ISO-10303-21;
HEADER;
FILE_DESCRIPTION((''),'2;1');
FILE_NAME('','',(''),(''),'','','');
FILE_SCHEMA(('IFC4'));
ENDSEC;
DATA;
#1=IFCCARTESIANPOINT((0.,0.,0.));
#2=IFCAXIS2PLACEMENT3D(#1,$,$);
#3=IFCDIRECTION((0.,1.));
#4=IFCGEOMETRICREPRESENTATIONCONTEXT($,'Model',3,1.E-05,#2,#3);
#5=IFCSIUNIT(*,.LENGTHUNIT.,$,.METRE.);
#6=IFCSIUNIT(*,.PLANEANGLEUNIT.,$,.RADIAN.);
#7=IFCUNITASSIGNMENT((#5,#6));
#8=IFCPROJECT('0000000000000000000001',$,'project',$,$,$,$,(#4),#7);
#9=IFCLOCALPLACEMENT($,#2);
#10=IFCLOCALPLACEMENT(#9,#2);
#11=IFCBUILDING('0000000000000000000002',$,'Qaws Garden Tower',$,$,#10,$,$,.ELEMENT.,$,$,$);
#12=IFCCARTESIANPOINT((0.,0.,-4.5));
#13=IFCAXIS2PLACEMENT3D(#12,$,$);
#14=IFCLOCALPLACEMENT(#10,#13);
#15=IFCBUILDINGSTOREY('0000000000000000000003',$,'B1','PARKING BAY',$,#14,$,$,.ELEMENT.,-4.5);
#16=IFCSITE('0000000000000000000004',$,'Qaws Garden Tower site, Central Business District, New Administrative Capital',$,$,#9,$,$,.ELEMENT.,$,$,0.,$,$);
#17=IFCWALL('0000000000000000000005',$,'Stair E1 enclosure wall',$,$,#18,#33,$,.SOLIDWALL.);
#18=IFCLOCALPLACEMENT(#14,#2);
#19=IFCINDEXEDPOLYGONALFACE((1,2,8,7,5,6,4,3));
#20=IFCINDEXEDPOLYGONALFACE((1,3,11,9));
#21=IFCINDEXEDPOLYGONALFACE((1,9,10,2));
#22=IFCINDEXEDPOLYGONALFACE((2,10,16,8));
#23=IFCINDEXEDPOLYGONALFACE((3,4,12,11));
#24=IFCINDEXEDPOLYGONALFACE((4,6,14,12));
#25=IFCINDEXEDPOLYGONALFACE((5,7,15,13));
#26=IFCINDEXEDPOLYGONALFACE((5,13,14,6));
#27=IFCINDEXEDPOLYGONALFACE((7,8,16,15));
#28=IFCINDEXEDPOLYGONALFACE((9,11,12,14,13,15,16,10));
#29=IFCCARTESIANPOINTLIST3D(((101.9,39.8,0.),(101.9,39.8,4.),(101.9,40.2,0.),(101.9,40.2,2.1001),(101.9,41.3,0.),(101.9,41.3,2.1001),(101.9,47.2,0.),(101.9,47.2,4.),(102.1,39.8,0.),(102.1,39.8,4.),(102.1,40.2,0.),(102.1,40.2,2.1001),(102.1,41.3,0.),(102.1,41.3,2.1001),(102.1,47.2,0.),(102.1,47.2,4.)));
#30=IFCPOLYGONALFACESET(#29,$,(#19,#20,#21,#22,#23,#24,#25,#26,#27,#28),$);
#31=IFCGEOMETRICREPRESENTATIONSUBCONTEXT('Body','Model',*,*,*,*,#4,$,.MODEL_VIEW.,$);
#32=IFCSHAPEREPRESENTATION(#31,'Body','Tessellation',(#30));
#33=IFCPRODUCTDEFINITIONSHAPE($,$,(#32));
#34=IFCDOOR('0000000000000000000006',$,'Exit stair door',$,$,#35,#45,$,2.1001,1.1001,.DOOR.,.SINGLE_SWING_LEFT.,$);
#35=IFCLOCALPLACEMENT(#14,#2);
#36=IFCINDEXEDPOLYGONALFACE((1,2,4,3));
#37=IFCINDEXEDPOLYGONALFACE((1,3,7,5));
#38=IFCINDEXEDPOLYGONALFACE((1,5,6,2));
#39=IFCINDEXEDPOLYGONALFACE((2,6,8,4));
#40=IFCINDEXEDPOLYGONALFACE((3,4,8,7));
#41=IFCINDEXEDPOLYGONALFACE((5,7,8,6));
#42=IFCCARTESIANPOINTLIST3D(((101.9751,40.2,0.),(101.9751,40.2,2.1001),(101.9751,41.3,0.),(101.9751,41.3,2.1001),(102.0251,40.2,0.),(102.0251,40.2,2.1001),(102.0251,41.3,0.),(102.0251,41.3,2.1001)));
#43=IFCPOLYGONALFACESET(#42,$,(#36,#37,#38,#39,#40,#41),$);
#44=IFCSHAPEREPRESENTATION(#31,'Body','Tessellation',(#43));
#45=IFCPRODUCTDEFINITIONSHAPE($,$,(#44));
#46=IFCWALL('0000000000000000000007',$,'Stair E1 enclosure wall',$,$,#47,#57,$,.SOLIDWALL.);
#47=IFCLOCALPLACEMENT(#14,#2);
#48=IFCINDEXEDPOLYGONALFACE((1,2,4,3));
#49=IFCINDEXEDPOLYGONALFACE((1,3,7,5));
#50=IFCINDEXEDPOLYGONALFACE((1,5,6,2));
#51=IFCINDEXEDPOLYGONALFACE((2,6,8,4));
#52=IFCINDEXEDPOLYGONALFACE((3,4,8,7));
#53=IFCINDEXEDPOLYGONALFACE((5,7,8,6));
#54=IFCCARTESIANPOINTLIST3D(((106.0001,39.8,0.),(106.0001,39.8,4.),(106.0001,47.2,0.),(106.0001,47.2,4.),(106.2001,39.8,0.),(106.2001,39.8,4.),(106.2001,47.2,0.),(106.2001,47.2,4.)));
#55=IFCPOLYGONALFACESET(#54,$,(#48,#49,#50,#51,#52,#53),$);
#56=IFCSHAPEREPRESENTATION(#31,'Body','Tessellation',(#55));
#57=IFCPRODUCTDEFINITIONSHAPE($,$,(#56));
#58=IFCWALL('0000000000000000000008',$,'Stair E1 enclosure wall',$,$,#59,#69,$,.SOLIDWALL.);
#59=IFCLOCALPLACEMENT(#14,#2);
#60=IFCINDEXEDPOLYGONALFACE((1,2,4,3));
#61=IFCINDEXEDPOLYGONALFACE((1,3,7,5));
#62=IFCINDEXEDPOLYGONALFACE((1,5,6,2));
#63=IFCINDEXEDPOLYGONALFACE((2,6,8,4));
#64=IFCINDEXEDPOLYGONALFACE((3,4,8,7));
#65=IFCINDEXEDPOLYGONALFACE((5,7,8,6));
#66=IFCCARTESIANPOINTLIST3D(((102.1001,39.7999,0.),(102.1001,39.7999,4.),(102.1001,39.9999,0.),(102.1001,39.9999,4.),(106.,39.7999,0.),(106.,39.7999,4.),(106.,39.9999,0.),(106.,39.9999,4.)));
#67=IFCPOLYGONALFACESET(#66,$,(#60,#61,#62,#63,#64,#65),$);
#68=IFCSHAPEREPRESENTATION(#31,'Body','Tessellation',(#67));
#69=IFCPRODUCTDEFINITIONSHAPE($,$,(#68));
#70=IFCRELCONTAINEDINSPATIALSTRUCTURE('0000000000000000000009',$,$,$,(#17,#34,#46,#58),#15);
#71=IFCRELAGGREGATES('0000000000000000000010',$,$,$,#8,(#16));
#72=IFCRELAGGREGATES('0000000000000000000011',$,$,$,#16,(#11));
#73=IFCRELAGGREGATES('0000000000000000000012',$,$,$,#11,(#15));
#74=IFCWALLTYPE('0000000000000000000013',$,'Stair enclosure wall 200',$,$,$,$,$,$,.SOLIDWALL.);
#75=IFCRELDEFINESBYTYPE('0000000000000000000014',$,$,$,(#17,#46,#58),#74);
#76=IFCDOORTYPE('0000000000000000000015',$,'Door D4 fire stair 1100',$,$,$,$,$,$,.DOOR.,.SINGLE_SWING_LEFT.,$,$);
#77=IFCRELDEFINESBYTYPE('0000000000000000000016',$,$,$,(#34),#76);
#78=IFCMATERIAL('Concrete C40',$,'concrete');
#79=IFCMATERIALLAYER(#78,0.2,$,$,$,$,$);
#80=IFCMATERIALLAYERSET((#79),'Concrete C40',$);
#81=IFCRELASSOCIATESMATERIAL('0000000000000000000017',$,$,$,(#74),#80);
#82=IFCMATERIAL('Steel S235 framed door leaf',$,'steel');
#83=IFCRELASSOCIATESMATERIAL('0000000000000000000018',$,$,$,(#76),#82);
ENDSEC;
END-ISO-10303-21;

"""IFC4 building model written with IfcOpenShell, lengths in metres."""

from ifc_helpers import new_model, si_unit, direction, frame, frame_2d, origin, place, context, subcontext, project, spatial, rectangle, extrude, material, layer, layer_set, type_object, element, fill, save


model = new_model("IFC4")

# Units and contexts
model_context = context("Model", 3, precision=1e-05, world=origin(), true_north=direction((0.0, 1.0)))
body_context = subcontext(model_context, "Body", "Model", "MODEL_VIEW")
ifc_project = project(units=[si_unit("LENGTHUNIT", "METRE"), si_unit("PLANEANGLEUNIT", "RADIAN")], contexts=[model_context])

# Site, building, storey
site_placement = place(None, origin())
site = spatial("IfcSite", under=ifc_project, at=site_placement, Name="Qaws Garden Tower site, Central Business District, New Administrative Capital", CompositionType="ELEMENT", RefElevation=0.0)
building_placement = place(site_placement, origin())
building = spatial("IfcBuilding", under=site, at=building_placement, Name="Qaws Garden Tower", CompositionType="ELEMENT")
storey_placement = place(building_placement, frame((0.0, 0.0, -4.5)))
storey = spatial("IfcBuildingStorey", under=building, at=storey_placement, Name="B1", Description="PARKING BAY", CompositionType="ELEMENT", Elevation=-4.5)

# Wall, opening, door
ifc_material_1 = material(Name="Concrete C40", Category="concrete")
ifc_layer_1 = layer(ifc_material_1, 0.2)
ifc_layer_set_1 = layer_set([ifc_layer_1], Name="Concrete C40")
wall_type_1 = type_object("IfcWallType", Name="Stair enclosure wall 200", PredefinedType="SOLIDWALL", material=ifc_layer_set_1)
wall_1_placement = place(storey_placement, frame((102.0, 39.8, 0.0), z_axis=(0.0, 0.0, 1.0), x_axis=(0.0, 1.0, 0.0)))
wall_1 = element("IfcWall", 1, at=wall_1_placement, inside=storey, type_object=wall_type_1, Name="Stair E1 enclosure wall", PredefinedType="SOLIDWALL", context=body_context, shape_type="SweptSolid", body=[
    extrude(rectangle(XDim=7.3999, YDim=0.2, at=frame_2d((3.7, 0.0))), origin(), (0.0, 0.0, 1.0), 4.0),
])
opening_placement = place(wall_1_placement, frame((0.3999, 0.0, 0.0)))
opening = element("IfcOpeningElement", 2, at=opening_placement, cuts=wall_1, PredefinedType="OPENING", context=body_context, shape_type="SweptSolid", body=[
    extrude(rectangle(XDim=1.1001, YDim=2.1001, at=frame_2d((0.55, 1.05))), frame((0.0, 0.1099, 0.0), z_axis=(0.0, -1.0, 0.0), x_axis=(1.0, 0.0, 0.0)), (0.0, 0.0, 1.0), 0.22),
])
ifc_material_2 = material(Name="Steel S235 framed door leaf", Category="steel")
door_type = type_object("IfcDoorType", Name="Door D4 fire stair 1100", OperationType="SINGLE_SWING_LEFT", PredefinedType="DOOR", material=ifc_material_2)
door_placement = place(opening_placement, origin())
door = element("IfcDoor", 3, at=door_placement, inside=storey, type_object=door_type, Name="Exit stair door", OperationType="SINGLE_SWING_LEFT", OverallHeight=2.1001, OverallWidth=1.1001, PredefinedType="DOOR", context=body_context, shape_type="SweptSolid", body=[
    extrude(rectangle(XDim=1.1001, YDim=2.1001, at=frame_2d((0.55, 1.05))), frame((0.0, 0.0249, 0.0), z_axis=(0.0, -1.0, 0.0), x_axis=(1.0, 0.0, 0.0)), (0.0, 0.0, 1.0), 0.05),
])
fill(opening, door)

# Walls
wall_2_placement = place(storey_placement, frame((106.1001, 39.8, 0.0), z_axis=(0.0, 0.0, 1.0), x_axis=(0.0, 1.0, 0.0)))
element("IfcWall", 4, at=wall_2_placement, inside=storey, type_object=wall_type_1, Name="Stair E1 enclosure wall", PredefinedType="SOLIDWALL", context=body_context, shape_type="SweptSolid", body=[
    extrude(rectangle(XDim=7.3999, YDim=0.2, at=frame_2d((3.7, 0.0))), origin(), (0.0, 0.0, 1.0), 4.0),
])
wall_3_placement = place(storey_placement, frame((102.1001, 39.8999, 0.0), z_axis=(0.0, 0.0, 1.0), x_axis=(1.0, 0.0, 0.0)))
element("IfcWall", 5, at=wall_3_placement, inside=storey, type_object=wall_type_1, Name="Stair E1 enclosure wall", PredefinedType="SOLIDWALL", context=body_context, shape_type="SweptSolid", body=[
    extrude(rectangle(XDim=3.8999, YDim=0.2, at=frame_2d((1.95, 0.0))), origin(), (0.0, 0.0, 1.0), 4.0),
])

save(model, "model.ifc")
